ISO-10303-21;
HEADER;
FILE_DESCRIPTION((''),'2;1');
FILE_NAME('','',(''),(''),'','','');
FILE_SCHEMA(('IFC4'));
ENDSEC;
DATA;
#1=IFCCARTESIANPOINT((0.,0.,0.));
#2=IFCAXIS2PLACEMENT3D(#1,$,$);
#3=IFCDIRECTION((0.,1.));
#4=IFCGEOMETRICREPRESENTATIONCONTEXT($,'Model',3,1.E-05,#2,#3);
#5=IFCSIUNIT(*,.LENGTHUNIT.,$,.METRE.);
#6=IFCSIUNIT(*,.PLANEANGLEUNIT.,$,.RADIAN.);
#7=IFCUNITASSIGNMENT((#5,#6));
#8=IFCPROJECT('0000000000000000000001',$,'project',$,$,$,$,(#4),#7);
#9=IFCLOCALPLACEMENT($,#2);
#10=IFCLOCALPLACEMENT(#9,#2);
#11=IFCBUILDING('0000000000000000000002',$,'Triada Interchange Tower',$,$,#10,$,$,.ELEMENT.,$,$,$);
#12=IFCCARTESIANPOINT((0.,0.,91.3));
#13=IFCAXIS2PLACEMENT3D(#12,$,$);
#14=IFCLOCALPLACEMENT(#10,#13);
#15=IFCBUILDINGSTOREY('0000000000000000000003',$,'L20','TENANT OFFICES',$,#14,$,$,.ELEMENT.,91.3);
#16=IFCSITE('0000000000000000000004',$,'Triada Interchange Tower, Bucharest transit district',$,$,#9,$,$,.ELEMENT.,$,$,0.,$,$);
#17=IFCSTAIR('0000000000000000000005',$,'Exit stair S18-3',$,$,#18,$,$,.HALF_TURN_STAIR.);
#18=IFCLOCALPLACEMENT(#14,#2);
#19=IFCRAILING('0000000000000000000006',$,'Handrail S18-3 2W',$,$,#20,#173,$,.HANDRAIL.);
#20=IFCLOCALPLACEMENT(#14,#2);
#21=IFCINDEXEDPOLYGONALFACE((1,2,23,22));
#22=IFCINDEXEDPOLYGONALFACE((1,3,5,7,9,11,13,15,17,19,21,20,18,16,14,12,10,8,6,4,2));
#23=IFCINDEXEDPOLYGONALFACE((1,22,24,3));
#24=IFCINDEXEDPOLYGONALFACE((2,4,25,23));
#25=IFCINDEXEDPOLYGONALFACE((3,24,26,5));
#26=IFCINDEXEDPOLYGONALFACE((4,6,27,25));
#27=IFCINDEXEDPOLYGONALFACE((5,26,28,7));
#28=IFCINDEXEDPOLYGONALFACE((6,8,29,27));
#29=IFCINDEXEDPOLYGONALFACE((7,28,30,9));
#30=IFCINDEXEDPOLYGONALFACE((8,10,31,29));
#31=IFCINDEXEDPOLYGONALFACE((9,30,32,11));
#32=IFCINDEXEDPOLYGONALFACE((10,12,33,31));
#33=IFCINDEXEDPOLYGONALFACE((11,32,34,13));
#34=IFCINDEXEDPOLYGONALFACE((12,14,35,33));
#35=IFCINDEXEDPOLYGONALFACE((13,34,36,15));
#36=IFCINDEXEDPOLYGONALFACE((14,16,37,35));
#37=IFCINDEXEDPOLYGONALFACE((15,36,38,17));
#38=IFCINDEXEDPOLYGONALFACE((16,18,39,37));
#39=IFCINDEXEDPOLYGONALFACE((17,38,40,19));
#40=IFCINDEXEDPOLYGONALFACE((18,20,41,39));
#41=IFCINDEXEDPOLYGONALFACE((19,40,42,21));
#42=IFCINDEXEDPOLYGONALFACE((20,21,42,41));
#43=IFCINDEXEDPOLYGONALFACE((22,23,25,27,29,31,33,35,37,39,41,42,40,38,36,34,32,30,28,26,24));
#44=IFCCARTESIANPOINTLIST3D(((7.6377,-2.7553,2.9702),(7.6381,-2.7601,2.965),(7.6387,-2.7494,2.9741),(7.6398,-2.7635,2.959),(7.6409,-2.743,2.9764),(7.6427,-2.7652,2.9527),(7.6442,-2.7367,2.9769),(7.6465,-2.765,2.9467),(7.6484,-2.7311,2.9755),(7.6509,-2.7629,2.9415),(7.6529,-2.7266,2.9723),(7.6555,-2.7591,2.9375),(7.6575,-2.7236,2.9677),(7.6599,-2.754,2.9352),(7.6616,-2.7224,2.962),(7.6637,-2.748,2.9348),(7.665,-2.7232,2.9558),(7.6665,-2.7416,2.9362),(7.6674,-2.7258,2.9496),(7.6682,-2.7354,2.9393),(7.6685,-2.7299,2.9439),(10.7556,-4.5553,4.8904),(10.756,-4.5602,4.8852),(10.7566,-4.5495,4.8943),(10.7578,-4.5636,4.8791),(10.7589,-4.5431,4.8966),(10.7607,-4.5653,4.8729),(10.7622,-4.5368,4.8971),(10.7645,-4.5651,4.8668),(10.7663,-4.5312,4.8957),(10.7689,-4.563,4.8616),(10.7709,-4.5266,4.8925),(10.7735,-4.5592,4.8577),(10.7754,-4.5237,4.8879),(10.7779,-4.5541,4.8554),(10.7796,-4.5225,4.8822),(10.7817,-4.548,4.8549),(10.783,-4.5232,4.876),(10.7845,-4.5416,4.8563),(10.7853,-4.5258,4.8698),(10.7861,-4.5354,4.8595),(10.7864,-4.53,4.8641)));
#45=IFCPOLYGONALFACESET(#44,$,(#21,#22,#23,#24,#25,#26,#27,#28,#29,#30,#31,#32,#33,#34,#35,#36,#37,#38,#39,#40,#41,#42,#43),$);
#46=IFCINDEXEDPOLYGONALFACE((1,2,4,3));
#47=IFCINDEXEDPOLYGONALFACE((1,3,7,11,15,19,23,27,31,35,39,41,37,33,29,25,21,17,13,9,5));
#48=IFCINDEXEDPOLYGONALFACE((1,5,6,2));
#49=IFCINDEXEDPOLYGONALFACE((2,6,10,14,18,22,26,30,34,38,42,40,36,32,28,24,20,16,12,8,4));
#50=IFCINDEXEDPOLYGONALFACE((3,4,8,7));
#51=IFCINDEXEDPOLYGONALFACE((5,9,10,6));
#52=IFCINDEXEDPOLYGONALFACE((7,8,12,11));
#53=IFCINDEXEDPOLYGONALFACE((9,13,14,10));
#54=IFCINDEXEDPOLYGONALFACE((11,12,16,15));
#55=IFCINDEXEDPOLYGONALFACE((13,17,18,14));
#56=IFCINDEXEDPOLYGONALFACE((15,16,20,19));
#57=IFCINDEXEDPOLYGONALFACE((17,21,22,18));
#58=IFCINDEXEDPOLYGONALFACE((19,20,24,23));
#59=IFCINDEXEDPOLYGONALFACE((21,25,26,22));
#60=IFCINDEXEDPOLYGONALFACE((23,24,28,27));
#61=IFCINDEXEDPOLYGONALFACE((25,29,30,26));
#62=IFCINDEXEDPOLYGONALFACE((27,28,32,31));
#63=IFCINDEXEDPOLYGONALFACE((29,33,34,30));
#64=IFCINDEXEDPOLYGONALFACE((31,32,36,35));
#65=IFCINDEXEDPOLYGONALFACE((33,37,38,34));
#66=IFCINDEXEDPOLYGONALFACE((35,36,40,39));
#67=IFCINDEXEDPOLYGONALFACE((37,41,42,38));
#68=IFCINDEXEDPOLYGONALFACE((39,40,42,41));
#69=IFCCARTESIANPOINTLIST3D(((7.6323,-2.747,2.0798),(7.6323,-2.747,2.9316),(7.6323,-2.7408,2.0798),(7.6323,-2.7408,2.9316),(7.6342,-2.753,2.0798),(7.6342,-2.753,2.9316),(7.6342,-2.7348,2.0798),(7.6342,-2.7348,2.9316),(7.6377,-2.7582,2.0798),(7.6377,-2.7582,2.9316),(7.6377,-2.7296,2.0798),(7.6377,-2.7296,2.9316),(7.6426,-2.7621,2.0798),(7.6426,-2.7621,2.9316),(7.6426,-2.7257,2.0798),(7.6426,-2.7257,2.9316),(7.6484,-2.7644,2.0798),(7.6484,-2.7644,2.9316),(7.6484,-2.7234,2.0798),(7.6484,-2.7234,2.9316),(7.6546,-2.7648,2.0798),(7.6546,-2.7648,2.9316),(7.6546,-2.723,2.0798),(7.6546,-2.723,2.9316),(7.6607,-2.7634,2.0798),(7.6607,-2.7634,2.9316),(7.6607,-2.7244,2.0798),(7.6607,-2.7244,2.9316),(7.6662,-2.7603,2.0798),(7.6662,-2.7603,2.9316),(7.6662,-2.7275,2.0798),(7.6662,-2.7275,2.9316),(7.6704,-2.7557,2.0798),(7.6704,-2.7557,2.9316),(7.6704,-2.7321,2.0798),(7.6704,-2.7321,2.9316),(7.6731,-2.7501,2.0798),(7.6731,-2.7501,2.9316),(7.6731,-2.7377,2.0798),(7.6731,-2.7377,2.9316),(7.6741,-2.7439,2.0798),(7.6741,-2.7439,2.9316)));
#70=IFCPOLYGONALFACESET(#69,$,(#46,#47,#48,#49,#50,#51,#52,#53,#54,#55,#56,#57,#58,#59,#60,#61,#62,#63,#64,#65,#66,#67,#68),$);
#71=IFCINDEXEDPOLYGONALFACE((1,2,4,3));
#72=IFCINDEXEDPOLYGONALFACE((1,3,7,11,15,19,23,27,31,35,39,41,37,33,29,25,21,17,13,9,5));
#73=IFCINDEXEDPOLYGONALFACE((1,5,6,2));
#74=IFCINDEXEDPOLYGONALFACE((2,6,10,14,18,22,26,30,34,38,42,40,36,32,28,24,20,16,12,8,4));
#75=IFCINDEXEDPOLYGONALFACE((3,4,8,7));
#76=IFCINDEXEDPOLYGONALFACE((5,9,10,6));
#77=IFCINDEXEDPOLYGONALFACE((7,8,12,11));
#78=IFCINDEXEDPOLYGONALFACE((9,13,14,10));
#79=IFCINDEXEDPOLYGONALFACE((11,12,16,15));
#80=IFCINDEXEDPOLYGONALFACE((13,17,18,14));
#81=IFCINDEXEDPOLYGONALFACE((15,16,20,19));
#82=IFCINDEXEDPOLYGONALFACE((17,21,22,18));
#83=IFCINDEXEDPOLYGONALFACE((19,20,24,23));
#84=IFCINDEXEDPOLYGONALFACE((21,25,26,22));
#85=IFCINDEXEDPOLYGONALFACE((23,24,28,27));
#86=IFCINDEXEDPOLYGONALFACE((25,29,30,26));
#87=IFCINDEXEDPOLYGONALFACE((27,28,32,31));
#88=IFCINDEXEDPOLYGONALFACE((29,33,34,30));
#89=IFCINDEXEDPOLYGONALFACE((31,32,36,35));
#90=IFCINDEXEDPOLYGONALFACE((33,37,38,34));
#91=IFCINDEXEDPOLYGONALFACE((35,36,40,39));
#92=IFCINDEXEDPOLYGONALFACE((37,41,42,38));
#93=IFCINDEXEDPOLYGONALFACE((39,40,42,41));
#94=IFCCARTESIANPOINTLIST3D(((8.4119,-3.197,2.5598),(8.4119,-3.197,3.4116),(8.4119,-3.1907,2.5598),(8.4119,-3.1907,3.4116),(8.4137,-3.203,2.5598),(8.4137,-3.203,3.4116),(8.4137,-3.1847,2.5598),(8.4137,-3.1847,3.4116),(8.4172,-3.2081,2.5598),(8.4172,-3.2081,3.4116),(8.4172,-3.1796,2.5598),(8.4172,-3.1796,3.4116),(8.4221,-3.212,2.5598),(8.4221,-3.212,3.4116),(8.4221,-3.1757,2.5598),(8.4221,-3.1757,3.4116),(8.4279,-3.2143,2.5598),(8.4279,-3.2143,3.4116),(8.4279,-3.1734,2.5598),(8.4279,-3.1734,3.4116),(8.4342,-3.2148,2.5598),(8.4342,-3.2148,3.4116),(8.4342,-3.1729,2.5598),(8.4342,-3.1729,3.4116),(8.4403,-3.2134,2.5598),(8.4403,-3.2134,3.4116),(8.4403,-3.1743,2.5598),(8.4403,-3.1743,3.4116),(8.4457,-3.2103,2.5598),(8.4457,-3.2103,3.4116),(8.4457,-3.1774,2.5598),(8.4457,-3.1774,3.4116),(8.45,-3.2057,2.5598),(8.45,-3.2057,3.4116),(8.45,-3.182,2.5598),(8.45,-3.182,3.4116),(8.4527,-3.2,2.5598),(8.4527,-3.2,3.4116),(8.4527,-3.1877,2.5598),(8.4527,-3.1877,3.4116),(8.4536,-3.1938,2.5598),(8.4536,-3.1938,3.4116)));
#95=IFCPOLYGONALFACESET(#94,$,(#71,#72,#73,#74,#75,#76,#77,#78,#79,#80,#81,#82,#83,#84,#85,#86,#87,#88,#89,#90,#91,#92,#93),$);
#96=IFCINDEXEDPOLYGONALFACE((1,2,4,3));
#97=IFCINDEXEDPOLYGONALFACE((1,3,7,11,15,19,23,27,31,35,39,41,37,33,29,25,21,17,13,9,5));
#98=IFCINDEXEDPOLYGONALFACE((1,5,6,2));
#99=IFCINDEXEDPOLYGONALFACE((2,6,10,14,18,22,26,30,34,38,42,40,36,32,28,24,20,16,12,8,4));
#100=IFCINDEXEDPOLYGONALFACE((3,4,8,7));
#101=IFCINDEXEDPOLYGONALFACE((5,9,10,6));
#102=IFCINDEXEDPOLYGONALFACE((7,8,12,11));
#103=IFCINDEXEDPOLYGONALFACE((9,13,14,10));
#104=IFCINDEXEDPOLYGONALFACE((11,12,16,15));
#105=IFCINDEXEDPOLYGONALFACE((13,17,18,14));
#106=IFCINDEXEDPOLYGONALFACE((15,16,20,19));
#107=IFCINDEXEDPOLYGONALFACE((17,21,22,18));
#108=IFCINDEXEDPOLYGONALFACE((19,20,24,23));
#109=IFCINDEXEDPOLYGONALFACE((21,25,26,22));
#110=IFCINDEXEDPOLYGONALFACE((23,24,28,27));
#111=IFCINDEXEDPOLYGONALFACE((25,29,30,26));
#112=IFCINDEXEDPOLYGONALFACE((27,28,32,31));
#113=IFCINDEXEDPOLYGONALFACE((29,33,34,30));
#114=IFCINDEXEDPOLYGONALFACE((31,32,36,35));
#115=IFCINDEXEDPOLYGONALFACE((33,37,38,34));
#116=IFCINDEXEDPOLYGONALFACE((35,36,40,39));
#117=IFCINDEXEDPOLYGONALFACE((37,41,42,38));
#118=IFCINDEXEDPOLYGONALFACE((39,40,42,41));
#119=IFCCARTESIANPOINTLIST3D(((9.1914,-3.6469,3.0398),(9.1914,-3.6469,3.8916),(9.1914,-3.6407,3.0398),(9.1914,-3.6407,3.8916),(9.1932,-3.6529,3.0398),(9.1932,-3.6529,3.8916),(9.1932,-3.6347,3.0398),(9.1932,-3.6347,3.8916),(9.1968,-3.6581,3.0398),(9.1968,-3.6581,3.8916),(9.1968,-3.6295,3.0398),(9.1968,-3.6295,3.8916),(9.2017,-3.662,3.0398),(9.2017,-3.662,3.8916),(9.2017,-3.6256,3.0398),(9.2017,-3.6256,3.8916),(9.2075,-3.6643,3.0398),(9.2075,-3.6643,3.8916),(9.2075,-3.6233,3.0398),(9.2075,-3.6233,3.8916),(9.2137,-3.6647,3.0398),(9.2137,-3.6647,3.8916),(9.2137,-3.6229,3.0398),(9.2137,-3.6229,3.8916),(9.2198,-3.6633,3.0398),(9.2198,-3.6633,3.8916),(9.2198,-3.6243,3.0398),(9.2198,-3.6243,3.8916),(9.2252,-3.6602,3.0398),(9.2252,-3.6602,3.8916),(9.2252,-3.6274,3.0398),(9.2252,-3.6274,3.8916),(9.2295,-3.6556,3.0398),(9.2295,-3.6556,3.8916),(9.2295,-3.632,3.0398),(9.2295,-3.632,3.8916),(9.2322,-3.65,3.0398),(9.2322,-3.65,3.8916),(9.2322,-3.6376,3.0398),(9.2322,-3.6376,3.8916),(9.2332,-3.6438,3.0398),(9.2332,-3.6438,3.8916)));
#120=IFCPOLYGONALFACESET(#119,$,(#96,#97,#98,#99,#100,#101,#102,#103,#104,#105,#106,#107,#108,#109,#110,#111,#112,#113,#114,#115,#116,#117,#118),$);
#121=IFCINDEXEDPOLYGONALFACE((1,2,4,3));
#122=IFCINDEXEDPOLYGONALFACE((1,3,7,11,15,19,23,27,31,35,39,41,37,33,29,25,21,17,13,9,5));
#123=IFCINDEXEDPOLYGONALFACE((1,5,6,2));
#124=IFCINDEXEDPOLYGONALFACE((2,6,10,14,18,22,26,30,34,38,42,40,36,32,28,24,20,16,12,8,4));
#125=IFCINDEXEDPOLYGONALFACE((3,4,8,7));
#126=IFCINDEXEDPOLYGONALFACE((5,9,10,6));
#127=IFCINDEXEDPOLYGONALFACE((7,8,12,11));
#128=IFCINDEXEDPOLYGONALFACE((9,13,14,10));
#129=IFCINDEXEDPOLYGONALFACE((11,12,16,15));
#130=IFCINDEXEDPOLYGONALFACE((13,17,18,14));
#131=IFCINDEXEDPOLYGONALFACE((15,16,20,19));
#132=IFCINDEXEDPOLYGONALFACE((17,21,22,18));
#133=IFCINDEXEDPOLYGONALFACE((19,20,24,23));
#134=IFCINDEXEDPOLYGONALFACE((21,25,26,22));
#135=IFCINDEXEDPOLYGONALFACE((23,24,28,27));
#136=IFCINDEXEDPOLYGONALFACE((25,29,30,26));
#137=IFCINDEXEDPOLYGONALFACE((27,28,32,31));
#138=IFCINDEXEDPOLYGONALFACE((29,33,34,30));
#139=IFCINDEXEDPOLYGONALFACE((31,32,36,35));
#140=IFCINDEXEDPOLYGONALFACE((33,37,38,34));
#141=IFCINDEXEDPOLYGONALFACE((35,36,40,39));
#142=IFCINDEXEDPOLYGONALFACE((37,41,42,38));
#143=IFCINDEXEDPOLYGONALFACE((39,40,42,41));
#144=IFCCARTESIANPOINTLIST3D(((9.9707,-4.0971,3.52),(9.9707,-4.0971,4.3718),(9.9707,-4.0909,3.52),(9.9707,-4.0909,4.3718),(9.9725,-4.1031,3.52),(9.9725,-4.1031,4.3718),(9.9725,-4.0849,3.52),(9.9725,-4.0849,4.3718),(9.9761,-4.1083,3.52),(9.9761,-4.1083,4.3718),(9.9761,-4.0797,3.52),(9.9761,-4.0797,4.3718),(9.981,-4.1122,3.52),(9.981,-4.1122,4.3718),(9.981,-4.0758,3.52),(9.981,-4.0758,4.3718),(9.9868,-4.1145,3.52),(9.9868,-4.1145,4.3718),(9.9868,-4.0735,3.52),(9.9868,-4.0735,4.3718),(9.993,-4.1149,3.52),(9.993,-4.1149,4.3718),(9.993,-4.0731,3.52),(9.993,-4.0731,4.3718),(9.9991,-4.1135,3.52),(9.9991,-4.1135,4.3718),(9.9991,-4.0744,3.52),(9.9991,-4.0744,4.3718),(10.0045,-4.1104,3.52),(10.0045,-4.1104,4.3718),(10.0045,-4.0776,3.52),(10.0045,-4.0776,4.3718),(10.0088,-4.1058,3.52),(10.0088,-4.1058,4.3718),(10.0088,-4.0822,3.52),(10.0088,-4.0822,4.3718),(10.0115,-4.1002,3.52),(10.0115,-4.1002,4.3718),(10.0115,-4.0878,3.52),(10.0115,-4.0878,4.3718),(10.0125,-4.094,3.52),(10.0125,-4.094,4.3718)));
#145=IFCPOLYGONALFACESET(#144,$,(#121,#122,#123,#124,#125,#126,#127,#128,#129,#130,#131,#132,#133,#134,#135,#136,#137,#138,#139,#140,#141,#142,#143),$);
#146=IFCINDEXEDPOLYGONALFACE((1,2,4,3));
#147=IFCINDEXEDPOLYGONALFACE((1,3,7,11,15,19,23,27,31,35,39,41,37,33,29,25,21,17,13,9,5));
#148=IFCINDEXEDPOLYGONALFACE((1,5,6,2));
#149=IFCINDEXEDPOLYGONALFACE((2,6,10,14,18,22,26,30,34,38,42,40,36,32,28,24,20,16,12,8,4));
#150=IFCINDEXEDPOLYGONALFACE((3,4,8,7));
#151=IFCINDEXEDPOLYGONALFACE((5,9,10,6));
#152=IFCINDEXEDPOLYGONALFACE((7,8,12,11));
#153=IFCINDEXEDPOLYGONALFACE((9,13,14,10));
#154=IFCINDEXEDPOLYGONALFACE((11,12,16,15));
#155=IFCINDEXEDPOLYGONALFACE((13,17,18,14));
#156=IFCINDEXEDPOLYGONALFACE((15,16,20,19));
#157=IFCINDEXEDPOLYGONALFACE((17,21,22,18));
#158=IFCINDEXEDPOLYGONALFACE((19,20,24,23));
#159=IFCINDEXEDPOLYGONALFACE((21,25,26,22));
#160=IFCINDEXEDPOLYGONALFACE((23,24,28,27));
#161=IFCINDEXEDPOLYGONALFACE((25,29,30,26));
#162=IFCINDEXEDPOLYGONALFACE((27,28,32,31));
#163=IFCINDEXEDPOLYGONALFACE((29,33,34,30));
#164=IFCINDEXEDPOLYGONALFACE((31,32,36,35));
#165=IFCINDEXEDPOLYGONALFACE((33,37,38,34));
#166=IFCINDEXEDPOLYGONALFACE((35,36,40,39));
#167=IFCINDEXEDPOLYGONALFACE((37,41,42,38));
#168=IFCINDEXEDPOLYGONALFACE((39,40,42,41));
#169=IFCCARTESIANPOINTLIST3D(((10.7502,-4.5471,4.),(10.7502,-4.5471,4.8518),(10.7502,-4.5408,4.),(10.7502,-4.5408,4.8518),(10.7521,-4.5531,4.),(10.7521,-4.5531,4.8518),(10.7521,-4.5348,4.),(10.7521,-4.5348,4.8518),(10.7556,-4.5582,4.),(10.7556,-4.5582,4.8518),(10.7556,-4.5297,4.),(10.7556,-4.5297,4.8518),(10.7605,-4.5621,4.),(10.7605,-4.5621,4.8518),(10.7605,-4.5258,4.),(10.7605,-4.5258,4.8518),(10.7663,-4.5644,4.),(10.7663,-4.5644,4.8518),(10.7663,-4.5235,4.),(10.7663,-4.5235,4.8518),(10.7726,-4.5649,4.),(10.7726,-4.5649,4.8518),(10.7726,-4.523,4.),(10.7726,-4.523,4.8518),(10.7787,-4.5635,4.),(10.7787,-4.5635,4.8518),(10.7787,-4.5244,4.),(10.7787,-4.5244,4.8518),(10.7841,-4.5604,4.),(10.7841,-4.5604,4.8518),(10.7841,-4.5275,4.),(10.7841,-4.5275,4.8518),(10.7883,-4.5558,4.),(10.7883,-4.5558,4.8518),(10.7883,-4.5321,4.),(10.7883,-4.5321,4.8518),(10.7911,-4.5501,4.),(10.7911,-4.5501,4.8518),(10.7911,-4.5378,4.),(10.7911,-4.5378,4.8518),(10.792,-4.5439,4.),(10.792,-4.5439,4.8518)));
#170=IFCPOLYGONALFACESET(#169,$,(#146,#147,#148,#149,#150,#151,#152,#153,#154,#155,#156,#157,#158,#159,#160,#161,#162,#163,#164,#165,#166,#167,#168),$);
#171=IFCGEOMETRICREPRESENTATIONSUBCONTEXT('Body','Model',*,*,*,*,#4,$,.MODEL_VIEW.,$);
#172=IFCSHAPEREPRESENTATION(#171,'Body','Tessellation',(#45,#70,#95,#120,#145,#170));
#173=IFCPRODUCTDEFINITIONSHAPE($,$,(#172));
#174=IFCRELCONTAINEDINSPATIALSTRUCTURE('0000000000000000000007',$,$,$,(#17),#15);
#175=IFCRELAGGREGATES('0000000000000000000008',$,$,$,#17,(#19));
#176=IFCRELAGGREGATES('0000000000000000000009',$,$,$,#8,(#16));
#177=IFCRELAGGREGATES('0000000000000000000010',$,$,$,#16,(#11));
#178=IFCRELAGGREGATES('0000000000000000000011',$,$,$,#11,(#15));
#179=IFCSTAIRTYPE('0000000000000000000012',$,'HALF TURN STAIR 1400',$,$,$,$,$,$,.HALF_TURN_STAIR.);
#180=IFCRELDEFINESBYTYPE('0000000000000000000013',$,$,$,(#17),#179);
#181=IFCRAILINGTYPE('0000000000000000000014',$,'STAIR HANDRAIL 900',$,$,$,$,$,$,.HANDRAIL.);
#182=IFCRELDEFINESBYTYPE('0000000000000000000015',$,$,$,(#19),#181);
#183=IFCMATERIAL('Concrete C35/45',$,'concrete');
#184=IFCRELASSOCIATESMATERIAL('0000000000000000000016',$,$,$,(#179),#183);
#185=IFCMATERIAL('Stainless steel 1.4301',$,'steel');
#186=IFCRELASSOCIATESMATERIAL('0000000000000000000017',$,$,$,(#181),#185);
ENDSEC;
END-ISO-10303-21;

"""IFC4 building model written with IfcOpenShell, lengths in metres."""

from ifc_helpers import new_model, si_unit, direction, frame, origin, origin_2d, place, context, subcontext, project, spatial, circle, extrude, material, type_object, element, aggregate, save


model = new_model("IFC4")

# Units and contexts
model_context = context("Model", 3, precision=1e-05, world=origin(), true_north=direction((0.0, 1.0)))
body_context = subcontext(model_context, "Body", "Model", "MODEL_VIEW")
ifc_project = project(units=[si_unit("LENGTHUNIT", "METRE"), si_unit("PLANEANGLEUNIT", "RADIAN")], contexts=[model_context])

# Site, building, storey
site_placement = place(None, origin())
site = spatial("IfcSite", under=ifc_project, at=site_placement, Name="Triada Interchange Tower, Bucharest transit district", CompositionType="ELEMENT", RefElevation=0.0)
building_placement = place(site_placement, origin())
building = spatial("IfcBuilding", under=site, at=building_placement, Name="Triada Interchange Tower", CompositionType="ELEMENT")
storey_placement = place(building_placement, frame((0.0, 0.0, 91.3)))
storey = spatial("IfcBuildingStorey", under=building, at=storey_placement, Name="L20", Description="TENANT OFFICES", CompositionType="ELEMENT", Elevation=91.3)

# Stair
ifc_material_1 = material(Name="Concrete C35/45", Category="concrete")
stair_type = type_object("IfcStairType", Name="HALF TURN STAIR 1400", PredefinedType="HALF_TURN_STAIR", material=ifc_material_1)
stair_placement = place(storey_placement, origin())
stair = element("IfcStair", 1, at=stair_placement, inside=storey, type_object=stair_type, Name="Exit stair S18-3", PredefinedType="HALF_TURN_STAIR")

# Railing
ifc_material_2 = material(Name="Stainless steel 1.4301", Category="steel")
railing_type = type_object("IfcRailingType", Name="STAIR HANDRAIL 900", PredefinedType="HANDRAIL", material=ifc_material_2)
railing_1_placement = place(storey_placement, frame((7.6531, -2.7439, 2.0798)))
railing_1 = element("IfcRailing", 2, at=railing_1_placement, type_object=railing_type, Name="Handrail S18-3 2W", PredefinedType="HANDRAIL", context=body_context, shape_type="SweptSolid", body=[
    extrude(circle(Radius=0.0239, at=origin_2d()), frame((0.0, 0.0, 0.876), z_axis=(0.764145, -0.441159, 0.470597), x_axis=(0.499983, 0.866035, 0.0)), (0.0, 0.0, 1.0), 4.0803),
    extrude(circle(Radius=0.021, at=origin_2d()), origin(), (0.0, 0.0, 1.0), 0.8518),
    extrude(circle(Radius=0.021, at=origin_2d()), frame((0.7795, -0.45, 0.48)), (0.0, 0.0, 1.0), 0.8518),
    extrude(circle(Radius=0.021, at=origin_2d()), frame((1.5591, -0.8999, 0.96)), (0.0, 0.0, 1.0), 0.8518),
    extrude(circle(Radius=0.021, at=origin_2d()), frame((2.3384, -1.3501, 1.4402)), (0.0, 0.0, 1.0), 0.8518),
    extrude(circle(Radius=0.021, at=origin_2d()), frame((3.1179, -1.8, 1.9202)), (0.0, 0.0, 1.0), 0.8518),
])
aggregate(stair, [railing_1])

save(model, "model.ifc")
